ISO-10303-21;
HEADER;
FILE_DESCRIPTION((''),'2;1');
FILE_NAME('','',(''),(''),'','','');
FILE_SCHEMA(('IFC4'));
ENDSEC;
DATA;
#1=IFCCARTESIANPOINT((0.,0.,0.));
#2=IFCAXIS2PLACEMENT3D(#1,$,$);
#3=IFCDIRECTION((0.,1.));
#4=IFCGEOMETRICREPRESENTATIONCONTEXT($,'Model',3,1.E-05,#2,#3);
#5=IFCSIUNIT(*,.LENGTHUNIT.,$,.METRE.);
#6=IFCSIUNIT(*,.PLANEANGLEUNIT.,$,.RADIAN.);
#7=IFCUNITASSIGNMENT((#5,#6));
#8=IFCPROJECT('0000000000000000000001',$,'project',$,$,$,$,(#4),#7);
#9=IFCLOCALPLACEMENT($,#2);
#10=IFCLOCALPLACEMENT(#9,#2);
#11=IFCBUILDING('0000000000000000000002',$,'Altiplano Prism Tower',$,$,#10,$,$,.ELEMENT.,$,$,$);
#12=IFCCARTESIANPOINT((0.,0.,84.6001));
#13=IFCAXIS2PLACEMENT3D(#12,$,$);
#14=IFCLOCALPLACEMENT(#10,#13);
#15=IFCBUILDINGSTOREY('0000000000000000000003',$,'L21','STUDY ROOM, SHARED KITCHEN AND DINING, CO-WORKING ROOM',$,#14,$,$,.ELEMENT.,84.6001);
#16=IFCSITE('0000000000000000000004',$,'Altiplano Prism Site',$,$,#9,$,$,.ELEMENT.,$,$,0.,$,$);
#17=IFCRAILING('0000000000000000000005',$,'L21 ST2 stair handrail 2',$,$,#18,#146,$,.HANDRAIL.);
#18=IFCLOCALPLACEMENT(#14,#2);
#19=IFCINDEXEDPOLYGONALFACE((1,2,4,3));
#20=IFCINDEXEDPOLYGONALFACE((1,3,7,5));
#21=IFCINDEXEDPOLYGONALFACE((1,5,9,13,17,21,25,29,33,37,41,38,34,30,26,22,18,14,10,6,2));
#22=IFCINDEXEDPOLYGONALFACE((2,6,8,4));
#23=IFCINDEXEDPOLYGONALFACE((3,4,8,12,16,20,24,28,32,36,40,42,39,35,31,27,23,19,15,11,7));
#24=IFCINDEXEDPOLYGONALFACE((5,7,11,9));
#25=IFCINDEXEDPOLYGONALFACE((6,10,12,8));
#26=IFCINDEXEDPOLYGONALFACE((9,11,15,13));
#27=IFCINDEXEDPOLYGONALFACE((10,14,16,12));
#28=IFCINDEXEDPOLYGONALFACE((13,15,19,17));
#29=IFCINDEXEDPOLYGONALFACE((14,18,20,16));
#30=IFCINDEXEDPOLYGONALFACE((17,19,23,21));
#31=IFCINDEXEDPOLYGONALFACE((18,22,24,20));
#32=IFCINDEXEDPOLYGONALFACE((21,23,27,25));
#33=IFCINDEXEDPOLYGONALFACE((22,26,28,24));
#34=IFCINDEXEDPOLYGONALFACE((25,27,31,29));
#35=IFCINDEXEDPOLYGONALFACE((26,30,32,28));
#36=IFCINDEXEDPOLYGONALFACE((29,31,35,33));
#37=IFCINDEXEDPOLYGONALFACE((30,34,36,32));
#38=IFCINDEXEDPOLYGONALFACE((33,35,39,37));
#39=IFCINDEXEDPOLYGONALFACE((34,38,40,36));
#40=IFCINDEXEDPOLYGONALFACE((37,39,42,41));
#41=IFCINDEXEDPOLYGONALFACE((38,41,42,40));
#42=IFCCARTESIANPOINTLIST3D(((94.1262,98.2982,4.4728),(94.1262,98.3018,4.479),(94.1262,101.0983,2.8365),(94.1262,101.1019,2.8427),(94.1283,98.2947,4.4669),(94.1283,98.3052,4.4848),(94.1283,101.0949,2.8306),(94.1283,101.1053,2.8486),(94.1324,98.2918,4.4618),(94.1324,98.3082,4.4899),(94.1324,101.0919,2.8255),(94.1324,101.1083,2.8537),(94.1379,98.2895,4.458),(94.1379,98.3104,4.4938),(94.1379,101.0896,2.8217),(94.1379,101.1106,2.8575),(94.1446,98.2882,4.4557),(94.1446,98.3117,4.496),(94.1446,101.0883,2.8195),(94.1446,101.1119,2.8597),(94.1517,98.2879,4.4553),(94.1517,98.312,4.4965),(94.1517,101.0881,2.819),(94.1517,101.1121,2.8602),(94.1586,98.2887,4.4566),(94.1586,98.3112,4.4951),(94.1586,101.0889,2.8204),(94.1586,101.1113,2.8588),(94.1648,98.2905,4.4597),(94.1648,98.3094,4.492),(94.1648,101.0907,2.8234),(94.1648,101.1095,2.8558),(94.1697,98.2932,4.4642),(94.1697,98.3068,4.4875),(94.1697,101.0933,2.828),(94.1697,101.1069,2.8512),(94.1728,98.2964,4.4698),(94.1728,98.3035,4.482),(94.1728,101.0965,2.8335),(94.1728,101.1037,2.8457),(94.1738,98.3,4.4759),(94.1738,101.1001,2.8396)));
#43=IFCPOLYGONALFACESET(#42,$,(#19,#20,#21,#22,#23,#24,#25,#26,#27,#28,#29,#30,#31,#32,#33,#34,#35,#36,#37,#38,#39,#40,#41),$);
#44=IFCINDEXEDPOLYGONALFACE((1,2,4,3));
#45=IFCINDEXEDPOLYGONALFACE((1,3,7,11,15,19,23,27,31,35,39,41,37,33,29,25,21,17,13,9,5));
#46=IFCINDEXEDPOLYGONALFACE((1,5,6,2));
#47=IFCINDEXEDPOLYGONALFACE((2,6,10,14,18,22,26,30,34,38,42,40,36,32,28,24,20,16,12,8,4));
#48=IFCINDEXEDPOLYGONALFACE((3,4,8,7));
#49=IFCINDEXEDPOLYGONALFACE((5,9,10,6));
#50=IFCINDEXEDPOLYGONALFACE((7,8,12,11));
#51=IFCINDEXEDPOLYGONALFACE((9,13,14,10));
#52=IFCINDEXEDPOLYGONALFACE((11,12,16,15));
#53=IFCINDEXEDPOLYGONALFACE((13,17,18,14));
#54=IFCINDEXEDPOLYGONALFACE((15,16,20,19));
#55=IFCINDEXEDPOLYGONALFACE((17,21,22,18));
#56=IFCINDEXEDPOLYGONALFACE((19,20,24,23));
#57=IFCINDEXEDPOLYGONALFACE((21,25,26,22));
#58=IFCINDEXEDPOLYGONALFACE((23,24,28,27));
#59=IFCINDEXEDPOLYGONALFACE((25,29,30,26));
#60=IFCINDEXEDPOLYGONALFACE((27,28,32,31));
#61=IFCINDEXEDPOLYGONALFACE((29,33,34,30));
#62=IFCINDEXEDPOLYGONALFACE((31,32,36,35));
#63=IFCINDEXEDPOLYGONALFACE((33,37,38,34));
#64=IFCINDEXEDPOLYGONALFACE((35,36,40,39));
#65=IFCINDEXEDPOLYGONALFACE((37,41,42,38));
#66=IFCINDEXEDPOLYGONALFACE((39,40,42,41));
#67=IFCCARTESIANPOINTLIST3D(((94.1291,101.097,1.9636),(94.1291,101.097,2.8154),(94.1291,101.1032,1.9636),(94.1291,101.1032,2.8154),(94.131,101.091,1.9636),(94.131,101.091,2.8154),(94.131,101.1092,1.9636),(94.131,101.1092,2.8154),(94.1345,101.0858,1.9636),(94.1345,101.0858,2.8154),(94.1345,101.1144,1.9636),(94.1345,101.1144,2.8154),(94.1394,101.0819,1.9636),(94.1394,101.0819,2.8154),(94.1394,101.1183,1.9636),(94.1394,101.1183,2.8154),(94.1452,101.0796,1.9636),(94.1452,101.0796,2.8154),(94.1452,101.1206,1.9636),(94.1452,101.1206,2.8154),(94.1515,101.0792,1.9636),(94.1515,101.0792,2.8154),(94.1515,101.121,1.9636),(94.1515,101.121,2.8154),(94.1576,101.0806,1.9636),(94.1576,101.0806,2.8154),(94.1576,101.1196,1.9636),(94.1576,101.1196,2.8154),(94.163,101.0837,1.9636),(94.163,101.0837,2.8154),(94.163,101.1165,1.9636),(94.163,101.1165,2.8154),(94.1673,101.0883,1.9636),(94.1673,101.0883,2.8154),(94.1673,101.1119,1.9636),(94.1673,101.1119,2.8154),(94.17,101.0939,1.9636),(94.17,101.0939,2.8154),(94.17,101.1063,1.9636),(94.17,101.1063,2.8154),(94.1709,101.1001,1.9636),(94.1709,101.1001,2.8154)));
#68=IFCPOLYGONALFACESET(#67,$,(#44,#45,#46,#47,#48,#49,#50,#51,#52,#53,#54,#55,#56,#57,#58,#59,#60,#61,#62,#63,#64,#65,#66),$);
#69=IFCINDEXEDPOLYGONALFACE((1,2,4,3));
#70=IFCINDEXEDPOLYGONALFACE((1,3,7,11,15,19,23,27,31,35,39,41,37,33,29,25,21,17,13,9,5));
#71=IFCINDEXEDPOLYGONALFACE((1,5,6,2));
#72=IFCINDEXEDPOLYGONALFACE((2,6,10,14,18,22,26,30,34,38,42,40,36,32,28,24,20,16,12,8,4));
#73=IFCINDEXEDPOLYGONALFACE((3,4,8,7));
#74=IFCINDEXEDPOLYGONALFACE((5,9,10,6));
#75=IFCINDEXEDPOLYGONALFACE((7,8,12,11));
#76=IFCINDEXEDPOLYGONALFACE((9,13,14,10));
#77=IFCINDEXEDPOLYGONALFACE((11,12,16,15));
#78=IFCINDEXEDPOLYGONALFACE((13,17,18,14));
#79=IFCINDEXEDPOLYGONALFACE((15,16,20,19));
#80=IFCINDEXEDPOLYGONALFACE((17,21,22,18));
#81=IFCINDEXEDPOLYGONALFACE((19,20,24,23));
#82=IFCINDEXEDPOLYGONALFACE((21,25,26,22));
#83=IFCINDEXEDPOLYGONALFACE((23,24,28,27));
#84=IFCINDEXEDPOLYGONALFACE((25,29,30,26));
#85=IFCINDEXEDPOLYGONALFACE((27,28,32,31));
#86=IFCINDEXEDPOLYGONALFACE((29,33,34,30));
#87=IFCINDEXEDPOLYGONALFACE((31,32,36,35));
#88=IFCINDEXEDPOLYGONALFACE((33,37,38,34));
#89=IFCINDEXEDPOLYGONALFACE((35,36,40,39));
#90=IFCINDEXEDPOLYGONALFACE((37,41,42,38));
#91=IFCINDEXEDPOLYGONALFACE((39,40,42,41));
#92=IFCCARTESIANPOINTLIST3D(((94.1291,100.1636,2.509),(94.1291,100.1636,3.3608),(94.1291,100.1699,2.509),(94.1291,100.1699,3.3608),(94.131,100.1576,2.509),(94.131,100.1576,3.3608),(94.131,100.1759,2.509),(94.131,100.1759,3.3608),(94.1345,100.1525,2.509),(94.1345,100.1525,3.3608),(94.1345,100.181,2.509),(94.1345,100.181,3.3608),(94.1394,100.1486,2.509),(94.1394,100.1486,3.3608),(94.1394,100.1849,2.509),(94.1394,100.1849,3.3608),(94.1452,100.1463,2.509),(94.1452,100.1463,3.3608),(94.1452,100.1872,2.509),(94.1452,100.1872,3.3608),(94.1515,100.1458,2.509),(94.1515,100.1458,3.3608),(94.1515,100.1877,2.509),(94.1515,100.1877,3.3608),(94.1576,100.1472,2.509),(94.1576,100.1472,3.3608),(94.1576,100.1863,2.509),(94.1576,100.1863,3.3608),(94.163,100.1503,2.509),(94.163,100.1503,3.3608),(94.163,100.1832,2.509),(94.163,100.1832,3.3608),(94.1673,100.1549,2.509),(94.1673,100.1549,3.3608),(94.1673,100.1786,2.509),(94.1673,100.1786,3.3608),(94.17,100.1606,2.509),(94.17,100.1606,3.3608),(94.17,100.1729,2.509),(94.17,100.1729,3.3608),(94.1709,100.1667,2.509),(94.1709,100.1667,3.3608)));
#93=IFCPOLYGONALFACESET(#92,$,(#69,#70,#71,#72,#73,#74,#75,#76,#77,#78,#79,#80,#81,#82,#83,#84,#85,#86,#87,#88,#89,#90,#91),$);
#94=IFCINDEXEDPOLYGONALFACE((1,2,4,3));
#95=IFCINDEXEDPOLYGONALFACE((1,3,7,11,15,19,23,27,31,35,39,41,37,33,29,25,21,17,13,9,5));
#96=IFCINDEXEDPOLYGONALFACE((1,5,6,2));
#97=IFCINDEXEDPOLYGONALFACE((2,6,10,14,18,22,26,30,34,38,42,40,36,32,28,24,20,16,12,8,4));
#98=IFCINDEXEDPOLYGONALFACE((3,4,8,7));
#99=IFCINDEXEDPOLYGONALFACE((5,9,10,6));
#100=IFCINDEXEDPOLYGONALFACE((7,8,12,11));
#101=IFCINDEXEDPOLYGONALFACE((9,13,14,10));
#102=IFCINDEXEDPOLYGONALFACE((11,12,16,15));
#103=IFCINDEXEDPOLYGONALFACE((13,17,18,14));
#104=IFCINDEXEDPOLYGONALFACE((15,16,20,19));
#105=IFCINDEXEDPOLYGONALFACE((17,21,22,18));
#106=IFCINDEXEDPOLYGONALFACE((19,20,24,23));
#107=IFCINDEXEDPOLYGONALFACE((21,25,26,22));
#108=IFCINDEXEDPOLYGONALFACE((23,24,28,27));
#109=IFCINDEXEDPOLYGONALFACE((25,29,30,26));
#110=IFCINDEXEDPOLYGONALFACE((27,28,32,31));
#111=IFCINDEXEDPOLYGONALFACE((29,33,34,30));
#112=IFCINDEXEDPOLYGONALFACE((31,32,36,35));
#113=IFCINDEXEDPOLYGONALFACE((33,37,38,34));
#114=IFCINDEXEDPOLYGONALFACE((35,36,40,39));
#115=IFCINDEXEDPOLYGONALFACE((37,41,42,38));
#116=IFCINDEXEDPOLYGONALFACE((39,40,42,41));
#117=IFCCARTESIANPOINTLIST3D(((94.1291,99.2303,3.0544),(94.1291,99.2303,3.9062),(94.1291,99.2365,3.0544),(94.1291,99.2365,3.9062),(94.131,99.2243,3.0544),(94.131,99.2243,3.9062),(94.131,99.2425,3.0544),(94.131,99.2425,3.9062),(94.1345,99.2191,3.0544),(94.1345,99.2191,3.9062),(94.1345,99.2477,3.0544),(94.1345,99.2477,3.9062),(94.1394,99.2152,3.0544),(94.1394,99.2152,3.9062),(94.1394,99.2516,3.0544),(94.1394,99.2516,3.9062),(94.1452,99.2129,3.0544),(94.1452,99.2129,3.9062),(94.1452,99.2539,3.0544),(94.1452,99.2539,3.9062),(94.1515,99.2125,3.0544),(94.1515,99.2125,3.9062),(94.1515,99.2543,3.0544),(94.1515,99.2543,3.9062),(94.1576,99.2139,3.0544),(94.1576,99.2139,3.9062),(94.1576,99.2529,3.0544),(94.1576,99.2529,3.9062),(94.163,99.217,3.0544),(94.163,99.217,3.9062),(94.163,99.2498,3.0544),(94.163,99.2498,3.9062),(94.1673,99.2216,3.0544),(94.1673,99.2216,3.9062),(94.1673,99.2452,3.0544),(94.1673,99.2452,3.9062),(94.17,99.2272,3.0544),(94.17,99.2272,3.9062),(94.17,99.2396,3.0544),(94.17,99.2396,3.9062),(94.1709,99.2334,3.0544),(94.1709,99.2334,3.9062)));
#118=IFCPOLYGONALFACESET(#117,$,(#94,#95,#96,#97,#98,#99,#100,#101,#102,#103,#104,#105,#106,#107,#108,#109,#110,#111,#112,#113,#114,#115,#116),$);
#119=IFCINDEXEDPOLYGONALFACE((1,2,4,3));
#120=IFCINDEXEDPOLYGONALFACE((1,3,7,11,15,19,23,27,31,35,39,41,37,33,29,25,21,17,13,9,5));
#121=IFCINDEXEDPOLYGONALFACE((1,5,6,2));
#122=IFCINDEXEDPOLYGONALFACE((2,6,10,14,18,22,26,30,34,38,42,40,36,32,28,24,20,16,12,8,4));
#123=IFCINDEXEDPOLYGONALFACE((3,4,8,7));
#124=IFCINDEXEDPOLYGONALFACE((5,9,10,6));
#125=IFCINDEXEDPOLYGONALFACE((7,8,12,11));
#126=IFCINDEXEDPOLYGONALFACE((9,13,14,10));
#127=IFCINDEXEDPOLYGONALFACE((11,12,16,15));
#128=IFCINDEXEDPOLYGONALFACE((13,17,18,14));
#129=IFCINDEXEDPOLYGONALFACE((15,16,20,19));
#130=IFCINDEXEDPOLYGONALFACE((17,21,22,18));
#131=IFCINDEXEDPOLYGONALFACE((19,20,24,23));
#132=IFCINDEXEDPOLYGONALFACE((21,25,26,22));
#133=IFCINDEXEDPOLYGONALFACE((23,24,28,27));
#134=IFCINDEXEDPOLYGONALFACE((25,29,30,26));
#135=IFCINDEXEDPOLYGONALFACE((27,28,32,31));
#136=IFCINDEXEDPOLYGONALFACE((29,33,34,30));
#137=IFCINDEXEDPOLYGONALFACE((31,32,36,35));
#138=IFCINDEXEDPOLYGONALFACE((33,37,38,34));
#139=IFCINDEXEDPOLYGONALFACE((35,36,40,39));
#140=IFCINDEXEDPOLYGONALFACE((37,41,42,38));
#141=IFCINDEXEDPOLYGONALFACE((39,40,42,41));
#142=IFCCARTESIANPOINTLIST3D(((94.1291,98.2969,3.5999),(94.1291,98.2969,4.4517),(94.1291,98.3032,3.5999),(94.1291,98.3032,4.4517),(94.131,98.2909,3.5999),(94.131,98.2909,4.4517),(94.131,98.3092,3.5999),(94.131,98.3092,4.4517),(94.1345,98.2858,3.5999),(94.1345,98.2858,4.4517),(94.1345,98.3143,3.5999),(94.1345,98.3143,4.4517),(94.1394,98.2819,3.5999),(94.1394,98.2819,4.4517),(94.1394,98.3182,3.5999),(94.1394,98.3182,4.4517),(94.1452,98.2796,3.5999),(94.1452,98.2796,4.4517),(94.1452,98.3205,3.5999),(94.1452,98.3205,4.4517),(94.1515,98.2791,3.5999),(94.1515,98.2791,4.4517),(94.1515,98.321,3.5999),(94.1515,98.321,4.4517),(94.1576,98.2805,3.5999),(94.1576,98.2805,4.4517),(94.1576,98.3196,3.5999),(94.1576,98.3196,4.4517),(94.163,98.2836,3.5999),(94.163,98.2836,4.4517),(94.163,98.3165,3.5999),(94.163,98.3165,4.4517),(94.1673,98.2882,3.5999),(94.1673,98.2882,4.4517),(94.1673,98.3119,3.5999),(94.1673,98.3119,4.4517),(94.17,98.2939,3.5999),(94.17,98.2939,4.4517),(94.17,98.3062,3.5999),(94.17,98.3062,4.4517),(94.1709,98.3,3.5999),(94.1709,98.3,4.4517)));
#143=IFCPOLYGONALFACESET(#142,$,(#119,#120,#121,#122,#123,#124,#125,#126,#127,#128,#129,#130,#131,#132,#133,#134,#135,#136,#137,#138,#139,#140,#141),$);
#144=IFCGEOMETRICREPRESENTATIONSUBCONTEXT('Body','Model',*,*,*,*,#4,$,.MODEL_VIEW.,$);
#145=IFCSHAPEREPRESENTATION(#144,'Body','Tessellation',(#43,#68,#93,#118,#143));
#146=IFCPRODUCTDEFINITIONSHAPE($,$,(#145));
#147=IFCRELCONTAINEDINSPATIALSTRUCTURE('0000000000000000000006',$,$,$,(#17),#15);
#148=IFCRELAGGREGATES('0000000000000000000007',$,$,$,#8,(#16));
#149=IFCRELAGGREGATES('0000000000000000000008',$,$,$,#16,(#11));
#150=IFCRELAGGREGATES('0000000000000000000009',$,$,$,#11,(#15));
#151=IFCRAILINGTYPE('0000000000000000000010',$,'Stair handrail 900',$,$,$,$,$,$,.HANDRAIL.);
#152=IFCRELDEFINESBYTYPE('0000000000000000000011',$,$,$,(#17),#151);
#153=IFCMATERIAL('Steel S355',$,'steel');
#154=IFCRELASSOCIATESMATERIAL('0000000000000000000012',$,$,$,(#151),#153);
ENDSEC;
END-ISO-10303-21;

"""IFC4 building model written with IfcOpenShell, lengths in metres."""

from ifc_helpers import new_model, si_unit, direction, frame, origin, origin_2d, place, context, subcontext, project, spatial, circle, extrude, material, type_object, element, save


model = new_model("IFC4")

# Units and contexts
model_context = context("Model", 3, precision=1e-05, world=origin(), true_north=direction((0.0, 1.0)))
body_context = subcontext(model_context, "Body", "Model", "MODEL_VIEW")
ifc_project = project(units=[si_unit("LENGTHUNIT", "METRE"), si_unit("PLANEANGLEUNIT", "RADIAN")], contexts=[model_context])

# Site, building, storey
site_placement = place(None, origin())
site = spatial("IfcSite", under=ifc_project, at=site_placement, Name="Altiplano Prism Site", CompositionType="ELEMENT", RefElevation=0.0)
building_placement = place(site_placement, origin())
building = spatial("IfcBuilding", under=site, at=building_placement, Name="Altiplano Prism Tower", CompositionType="ELEMENT")
storey_placement = place(building_placement, frame((0.0, 0.0, 84.6001)))
storey = spatial("IfcBuildingStorey", under=building, at=storey_placement, Name="L21", Description="STUDY ROOM, SHARED KITCHEN AND DINING, CO-WORKING ROOM", CompositionType="ELEMENT", Elevation=84.6001)

# Railing
ifc_material_1 = material(Name="Steel S355", Category="steel")
railing_type_1 = type_object("IfcRailingType", Name="Stair handrail 900", PredefinedType="HANDRAIL", material=ifc_material_1)
railing_1_placement = place(storey_placement, frame((94.1499, 101.1001, 1.9636)))
element("IfcRailing", 1, at=railing_1_placement, inside=storey, type_object=railing_type_1, Name="L21 ST2 stair handrail 2", PredefinedType="HANDRAIL", context=body_context, shape_type="SweptSolid", body=[
    extrude(circle(Radius=0.0239, at=origin_2d()), frame((0.0, 0.0, 0.876), z_axis=(0.0, -0.863394, 0.504531), x_axis=(1.0, 0.0, 0.0)), (0.0, 0.0, 1.0), 3.2432),
    extrude(circle(Radius=0.021, at=origin_2d()), origin(), (0.0, 0.0, 1.0), 0.8518),
    extrude(circle(Radius=0.021, at=origin_2d()), frame((0.0, -0.9333, 0.5454)), (0.0, 0.0, 1.0), 0.8518),
    extrude(circle(Radius=0.021, at=origin_2d()), frame((0.0, -1.8667, 1.0908)), (0.0, 0.0, 1.0), 0.8518),
    extrude(circle(Radius=0.021, at=origin_2d()), frame((0.0, -2.8, 1.6362)), (0.0, 0.0, 1.0), 0.8518),
])

save(model, "model.ifc")
